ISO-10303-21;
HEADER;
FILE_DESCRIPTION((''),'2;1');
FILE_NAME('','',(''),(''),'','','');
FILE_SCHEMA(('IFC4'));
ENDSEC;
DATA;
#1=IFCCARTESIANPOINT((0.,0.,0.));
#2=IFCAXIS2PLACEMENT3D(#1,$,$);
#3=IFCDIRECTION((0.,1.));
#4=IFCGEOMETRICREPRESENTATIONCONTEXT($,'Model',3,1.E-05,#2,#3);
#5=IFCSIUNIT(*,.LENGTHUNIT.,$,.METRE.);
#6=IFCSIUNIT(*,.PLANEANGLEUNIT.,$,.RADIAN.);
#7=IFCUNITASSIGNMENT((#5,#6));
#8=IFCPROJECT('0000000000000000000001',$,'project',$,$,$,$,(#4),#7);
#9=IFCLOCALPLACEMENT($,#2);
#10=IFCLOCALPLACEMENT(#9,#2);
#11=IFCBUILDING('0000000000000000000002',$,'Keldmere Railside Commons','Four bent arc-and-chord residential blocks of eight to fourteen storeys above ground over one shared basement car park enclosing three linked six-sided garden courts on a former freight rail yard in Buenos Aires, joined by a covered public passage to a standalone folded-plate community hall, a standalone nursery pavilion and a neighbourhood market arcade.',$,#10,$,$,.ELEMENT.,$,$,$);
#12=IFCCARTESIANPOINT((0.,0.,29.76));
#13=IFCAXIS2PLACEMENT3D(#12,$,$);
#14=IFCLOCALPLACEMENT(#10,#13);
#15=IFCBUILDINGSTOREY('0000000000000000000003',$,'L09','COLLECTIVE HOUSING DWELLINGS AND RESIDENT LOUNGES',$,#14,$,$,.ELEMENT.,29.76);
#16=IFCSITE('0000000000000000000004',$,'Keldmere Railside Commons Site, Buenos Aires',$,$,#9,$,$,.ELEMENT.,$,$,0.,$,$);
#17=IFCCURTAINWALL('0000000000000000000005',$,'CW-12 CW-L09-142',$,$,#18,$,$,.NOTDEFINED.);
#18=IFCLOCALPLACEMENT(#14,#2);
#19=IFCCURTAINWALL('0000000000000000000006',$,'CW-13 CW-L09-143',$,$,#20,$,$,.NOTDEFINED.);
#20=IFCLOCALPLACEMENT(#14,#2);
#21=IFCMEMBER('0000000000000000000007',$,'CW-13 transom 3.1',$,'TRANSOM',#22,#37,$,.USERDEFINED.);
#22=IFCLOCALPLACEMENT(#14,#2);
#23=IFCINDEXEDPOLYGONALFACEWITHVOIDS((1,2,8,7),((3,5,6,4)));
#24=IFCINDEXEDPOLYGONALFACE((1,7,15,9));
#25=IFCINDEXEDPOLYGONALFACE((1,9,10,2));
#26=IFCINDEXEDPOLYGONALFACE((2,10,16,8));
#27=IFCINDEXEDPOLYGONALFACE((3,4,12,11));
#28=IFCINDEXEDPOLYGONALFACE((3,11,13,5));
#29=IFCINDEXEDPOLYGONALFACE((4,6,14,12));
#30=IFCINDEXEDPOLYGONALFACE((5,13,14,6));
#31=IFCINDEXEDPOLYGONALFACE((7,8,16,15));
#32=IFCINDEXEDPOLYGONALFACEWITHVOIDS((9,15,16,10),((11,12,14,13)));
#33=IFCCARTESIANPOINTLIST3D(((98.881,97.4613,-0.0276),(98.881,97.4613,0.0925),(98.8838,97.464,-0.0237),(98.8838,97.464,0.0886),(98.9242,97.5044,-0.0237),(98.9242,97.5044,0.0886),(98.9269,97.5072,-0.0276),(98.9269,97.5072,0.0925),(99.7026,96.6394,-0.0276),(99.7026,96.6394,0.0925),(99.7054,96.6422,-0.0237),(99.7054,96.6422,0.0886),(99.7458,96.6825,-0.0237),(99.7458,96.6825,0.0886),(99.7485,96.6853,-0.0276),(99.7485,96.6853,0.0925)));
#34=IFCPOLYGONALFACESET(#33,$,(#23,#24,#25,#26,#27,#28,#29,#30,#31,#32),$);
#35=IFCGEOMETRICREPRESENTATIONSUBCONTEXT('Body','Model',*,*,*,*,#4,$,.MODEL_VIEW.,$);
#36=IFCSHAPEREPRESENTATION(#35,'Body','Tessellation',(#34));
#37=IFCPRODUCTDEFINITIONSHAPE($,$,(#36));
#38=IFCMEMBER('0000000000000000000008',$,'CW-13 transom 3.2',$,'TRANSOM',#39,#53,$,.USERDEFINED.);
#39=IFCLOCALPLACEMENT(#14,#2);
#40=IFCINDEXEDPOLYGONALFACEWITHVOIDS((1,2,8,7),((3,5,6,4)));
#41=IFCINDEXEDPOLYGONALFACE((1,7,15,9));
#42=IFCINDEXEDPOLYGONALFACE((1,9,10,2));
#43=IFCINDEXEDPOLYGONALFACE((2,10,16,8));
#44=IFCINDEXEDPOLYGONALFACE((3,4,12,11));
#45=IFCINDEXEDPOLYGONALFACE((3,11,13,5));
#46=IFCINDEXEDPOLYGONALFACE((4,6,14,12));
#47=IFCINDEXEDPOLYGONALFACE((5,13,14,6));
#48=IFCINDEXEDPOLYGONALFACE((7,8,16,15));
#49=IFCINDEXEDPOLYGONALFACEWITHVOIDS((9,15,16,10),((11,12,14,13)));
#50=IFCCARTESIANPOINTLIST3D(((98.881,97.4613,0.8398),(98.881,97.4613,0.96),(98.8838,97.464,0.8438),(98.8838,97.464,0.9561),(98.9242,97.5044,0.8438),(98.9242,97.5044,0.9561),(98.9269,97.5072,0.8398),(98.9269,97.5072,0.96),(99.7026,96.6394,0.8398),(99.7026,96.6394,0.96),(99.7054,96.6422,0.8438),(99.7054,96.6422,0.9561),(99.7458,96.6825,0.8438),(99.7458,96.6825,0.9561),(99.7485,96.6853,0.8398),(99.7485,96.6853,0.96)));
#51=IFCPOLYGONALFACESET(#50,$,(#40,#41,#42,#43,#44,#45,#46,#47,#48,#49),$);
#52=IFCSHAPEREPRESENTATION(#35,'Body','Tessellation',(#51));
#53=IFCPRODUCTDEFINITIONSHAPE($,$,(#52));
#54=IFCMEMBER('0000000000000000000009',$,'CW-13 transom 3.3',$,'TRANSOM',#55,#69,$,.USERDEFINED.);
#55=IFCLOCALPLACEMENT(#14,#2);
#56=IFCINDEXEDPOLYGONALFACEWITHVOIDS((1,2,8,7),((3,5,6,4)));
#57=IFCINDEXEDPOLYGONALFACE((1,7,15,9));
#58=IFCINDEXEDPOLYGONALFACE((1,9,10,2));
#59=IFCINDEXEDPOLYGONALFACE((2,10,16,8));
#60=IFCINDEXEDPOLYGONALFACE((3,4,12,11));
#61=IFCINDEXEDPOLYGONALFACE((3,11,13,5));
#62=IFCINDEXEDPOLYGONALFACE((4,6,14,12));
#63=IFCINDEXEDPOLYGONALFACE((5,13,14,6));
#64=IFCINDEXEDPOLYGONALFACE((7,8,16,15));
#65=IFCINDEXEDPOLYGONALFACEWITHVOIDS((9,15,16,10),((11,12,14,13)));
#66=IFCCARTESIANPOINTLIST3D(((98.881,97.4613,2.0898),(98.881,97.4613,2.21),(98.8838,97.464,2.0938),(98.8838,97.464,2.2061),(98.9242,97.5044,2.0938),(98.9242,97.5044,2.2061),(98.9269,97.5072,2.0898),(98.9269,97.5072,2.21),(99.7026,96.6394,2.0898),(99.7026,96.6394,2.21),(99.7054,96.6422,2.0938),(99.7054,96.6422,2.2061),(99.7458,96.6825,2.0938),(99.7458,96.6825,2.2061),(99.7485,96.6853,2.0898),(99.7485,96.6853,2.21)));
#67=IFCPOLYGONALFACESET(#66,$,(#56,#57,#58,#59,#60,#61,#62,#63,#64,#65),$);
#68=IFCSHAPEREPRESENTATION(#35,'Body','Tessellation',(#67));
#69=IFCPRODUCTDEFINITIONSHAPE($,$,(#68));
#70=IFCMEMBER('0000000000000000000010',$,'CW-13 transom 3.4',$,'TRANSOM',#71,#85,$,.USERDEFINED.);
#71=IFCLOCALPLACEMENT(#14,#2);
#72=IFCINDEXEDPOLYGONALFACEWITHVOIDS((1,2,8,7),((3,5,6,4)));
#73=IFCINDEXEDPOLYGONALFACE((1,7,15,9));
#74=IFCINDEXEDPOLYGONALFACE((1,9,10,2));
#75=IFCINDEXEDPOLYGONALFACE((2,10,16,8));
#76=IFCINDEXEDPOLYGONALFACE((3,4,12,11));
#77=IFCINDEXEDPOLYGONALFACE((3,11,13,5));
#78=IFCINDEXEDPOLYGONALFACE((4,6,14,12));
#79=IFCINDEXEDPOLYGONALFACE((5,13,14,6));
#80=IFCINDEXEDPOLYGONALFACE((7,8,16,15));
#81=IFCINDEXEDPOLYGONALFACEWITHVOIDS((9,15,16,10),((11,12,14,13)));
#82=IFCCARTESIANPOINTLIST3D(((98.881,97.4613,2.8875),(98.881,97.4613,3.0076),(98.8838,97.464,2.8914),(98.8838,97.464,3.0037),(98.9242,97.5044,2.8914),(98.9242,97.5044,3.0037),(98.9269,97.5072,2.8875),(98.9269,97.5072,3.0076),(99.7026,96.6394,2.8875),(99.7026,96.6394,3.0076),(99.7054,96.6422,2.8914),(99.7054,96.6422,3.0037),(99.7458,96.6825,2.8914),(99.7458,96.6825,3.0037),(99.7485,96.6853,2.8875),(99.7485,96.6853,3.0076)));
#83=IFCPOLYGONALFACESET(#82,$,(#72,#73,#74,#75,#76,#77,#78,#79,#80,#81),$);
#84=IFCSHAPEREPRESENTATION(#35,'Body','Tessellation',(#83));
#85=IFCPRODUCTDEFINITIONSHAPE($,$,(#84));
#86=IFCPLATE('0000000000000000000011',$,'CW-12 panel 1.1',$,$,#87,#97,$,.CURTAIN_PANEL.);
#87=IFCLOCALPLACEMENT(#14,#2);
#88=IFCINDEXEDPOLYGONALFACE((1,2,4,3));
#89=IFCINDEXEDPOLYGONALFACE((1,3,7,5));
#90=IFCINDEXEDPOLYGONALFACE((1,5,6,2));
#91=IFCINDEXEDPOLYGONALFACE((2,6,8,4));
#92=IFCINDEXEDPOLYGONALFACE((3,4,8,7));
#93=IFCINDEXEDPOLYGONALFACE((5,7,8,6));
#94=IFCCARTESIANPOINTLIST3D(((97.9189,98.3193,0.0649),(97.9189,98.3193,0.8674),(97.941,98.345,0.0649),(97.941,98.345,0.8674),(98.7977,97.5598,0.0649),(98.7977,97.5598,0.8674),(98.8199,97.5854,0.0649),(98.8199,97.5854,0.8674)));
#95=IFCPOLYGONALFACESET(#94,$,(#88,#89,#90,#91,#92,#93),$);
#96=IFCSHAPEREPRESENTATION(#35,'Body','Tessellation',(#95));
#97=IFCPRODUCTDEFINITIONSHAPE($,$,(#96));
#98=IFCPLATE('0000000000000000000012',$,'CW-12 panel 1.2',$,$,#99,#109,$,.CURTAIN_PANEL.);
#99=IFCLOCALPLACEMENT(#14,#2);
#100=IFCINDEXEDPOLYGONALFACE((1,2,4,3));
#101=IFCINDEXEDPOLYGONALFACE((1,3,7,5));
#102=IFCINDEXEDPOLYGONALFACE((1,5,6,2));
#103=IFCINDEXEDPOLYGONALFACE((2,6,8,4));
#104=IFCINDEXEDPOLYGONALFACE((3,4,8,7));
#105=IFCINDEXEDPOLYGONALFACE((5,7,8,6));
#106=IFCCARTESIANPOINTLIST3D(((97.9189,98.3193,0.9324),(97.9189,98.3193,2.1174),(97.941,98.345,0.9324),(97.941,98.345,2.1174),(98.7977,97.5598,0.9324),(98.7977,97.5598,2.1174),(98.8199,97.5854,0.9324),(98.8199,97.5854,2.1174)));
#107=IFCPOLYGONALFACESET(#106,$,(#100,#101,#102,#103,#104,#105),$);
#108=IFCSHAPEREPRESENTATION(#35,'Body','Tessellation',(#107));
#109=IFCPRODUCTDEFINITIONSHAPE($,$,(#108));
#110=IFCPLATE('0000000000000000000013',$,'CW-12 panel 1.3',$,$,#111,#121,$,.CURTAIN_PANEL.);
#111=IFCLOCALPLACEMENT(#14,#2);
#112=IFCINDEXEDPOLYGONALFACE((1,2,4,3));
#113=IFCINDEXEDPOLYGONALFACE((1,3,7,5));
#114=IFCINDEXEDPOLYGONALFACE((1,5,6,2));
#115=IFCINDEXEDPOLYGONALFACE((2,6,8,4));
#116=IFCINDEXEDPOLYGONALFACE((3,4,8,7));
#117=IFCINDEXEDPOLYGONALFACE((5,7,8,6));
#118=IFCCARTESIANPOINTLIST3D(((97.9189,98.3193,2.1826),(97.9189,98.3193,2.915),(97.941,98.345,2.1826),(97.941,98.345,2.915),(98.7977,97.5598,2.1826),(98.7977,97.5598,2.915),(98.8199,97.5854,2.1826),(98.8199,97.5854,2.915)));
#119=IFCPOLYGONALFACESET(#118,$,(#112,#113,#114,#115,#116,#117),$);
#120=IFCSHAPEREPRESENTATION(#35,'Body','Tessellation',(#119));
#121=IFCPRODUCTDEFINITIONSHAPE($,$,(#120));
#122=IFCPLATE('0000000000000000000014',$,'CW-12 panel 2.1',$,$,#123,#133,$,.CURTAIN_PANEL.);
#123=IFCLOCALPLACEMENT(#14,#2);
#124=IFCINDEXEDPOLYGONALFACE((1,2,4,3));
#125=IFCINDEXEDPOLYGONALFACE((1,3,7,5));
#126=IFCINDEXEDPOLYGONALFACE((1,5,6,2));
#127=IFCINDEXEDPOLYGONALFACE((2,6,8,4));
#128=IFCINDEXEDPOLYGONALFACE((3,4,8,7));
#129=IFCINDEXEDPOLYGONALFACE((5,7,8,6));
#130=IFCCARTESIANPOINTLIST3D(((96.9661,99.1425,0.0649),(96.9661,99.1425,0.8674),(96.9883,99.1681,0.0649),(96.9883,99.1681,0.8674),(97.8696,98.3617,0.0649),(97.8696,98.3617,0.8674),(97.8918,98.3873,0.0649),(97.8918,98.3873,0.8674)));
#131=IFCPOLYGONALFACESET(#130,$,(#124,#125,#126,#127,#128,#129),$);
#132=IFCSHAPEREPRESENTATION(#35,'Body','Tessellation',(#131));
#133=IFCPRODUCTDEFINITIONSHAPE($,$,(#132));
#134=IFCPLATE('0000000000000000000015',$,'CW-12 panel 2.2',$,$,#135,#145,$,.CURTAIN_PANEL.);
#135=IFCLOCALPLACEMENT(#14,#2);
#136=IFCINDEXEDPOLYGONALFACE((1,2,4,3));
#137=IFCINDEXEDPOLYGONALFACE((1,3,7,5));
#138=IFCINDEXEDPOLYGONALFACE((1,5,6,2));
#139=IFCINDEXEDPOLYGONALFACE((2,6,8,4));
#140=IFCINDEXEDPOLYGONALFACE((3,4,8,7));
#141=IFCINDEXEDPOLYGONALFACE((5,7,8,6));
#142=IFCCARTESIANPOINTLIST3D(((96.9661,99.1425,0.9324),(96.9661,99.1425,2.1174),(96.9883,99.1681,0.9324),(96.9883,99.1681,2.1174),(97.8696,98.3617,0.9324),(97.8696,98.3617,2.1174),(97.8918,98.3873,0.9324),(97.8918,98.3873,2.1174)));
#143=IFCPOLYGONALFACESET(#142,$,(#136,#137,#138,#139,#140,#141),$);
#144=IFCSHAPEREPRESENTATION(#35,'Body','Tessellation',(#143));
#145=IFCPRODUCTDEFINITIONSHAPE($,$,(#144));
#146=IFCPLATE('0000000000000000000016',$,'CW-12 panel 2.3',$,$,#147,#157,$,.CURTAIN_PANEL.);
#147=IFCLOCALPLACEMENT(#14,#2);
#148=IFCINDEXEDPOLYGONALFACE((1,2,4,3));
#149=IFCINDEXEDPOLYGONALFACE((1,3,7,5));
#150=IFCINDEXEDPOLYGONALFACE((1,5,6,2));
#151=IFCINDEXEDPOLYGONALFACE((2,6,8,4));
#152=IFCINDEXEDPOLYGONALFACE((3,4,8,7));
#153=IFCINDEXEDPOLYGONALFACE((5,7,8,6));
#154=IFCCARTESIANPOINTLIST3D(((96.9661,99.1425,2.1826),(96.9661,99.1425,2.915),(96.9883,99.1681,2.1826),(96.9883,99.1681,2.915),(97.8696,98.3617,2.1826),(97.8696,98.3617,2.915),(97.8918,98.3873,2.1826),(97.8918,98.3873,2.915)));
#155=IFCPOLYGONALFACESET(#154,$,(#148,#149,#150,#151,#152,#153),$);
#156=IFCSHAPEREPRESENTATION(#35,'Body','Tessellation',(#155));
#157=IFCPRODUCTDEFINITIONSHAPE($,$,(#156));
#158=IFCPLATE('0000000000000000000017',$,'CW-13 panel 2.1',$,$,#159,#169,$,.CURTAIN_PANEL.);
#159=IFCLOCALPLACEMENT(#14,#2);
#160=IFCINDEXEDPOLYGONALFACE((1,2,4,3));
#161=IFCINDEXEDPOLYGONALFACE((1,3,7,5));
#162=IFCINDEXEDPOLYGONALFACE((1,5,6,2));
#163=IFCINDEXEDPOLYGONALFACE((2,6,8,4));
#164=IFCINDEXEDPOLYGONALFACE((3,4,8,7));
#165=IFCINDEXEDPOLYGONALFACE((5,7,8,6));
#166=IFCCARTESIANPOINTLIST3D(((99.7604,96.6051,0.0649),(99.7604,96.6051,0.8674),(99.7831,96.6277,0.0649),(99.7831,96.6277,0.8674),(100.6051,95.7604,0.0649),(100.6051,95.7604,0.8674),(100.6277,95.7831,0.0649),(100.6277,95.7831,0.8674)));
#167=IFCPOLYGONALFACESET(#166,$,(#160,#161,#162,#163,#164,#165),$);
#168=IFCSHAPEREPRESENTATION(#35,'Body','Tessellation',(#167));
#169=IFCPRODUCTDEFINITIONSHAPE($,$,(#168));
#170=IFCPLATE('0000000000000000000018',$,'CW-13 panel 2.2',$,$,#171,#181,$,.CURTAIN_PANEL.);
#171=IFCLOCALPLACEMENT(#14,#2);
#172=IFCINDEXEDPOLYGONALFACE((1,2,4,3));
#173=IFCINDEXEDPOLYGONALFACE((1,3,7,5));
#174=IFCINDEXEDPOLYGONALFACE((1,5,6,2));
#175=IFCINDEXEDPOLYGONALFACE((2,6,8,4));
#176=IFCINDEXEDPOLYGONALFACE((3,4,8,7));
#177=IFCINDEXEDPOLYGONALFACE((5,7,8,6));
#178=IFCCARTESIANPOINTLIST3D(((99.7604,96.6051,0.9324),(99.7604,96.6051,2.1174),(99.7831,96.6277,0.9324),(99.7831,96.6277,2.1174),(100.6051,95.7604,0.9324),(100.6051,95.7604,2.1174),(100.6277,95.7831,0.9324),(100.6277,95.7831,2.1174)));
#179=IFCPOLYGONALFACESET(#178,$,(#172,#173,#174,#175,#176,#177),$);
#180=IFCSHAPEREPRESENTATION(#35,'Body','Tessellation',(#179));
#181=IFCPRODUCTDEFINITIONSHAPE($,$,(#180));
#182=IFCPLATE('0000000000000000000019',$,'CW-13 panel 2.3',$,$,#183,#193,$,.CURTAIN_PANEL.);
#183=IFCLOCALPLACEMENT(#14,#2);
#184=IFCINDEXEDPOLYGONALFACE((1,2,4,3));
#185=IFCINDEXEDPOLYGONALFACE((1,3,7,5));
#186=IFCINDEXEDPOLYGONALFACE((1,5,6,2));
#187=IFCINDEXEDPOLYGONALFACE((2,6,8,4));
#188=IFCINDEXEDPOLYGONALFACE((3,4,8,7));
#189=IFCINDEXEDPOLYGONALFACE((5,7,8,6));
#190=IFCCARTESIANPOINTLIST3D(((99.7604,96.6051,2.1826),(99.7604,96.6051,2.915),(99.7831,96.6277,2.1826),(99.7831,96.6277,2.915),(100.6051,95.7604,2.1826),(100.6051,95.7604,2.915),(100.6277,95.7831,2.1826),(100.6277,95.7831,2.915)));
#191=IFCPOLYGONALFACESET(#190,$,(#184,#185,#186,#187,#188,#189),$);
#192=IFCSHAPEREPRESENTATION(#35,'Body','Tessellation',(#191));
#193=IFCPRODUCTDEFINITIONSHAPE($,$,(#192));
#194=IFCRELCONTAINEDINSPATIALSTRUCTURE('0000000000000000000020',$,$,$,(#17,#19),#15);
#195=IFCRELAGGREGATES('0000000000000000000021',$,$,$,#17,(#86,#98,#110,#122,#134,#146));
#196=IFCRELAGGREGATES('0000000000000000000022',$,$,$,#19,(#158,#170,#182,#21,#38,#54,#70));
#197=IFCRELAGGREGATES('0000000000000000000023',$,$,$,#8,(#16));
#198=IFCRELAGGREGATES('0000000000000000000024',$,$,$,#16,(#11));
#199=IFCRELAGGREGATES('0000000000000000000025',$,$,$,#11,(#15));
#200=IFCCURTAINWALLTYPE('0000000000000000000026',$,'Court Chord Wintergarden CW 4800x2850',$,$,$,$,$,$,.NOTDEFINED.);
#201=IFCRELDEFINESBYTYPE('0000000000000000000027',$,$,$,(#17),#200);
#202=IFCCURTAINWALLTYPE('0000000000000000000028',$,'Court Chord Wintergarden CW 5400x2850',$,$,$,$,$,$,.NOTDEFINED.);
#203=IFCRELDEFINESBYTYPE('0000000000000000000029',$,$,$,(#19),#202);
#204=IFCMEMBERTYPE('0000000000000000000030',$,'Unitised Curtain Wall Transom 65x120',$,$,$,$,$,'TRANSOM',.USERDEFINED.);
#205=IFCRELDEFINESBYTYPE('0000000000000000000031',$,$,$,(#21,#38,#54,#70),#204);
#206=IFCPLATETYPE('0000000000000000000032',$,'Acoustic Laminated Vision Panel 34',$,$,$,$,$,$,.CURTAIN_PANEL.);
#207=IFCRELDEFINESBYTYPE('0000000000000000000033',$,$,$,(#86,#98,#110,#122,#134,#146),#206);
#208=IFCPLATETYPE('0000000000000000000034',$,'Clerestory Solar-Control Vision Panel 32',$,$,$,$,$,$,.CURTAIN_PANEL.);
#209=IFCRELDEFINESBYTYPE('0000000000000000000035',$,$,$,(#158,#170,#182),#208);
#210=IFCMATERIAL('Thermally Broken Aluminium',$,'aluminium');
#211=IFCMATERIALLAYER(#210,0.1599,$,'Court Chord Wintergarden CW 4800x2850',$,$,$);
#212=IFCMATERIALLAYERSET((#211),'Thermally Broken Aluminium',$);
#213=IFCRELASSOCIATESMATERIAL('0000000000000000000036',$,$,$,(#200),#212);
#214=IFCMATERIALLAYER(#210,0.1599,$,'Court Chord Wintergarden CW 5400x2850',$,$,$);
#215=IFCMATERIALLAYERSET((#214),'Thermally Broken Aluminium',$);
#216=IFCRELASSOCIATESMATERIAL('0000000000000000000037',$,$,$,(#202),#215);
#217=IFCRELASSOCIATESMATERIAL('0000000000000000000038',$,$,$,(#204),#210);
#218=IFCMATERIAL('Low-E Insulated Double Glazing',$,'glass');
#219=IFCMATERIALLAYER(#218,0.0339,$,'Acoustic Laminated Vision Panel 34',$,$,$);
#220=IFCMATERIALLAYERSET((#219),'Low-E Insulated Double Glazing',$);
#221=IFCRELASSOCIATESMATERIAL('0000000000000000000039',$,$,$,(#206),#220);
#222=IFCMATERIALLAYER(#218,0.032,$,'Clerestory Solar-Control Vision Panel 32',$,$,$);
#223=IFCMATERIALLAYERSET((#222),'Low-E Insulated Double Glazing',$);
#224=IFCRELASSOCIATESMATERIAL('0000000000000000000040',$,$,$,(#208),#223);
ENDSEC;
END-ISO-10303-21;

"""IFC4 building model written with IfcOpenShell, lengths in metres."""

from ifc_helpers import new_model, si_unit, direction, frame, origin, origin_2d, place, context, subcontext, project, spatial, rectangle, hollow_rectangle, extrude, material, layer, layer_set, material_profile, profile_set, type_object, element, aggregate, save


model = new_model("IFC4")

# Units and contexts
model_context = context("Model", 3, precision=1e-05, world=origin(), true_north=direction((0.0, 1.0)))
body_context = subcontext(model_context, "Body", "Model", "MODEL_VIEW")
ifc_project = project(units=[si_unit("LENGTHUNIT", "METRE"), si_unit("PLANEANGLEUNIT", "RADIAN")], contexts=[model_context])

# Site, building, storey
site_placement = place(None, origin())
site = spatial("IfcSite", under=ifc_project, at=site_placement, Name="Keldmere Railside Commons Site, Buenos Aires", CompositionType="ELEMENT", RefElevation=0.0)
building_placement = place(site_placement, origin())
building = spatial("IfcBuilding", under=site, at=building_placement, Name="Keldmere Railside Commons", Description="Four bent arc-and-chord residential blocks of eight to fourteen storeys above ground over one shared basement car park enclosing three linked six-sided garden courts on a former freight rail yard in Buenos Aires, joined by a covered public passage to a standalone folded-plate community hall, a standalone nursery pavilion and a neighbourhood market arcade.", CompositionType="ELEMENT")
storey_placement = place(building_placement, frame((0.0, 0.0, 29.76)))
storey = spatial("IfcBuildingStorey", under=building, at=storey_placement, Name="L09", Description="COLLECTIVE HOUSING DWELLINGS AND RESIDENT LOUNGES", CompositionType="ELEMENT", Elevation=29.76)

# Curtain walls
ifc_material_1 = material(Name="Thermally Broken Aluminium", Category="aluminium")
ifc_layer_1 = layer(ifc_material_1, 0.1599, Name="Court Chord Wintergarden CW 4800x2850")
ifc_layer_set_1 = layer_set([ifc_layer_1], Name="Thermally Broken Aluminium")
curtain_wall_type_1 = type_object("IfcCurtainWallType", Name="Court Chord Wintergarden CW 4800x2850", PredefinedType="NOTDEFINED", material=ifc_layer_set_1)
curtain_wall_1_placement = place(storey_placement, origin())
curtain_wall_1 = element("IfcCurtainWall", 1, at=curtain_wall_1_placement, inside=storey, type_object=curtain_wall_type_1, Name="CW-12 CW-L09-142", PredefinedType="NOTDEFINED")
ifc_layer_2 = layer(ifc_material_1, 0.1599, Name="Court Chord Wintergarden CW 5400x2850")
ifc_layer_set_2 = layer_set([ifc_layer_2], Name="Thermally Broken Aluminium")
curtain_wall_type_2 = type_object("IfcCurtainWallType", Name="Court Chord Wintergarden CW 5400x2850", PredefinedType="NOTDEFINED", material=ifc_layer_set_2)
curtain_wall_2_placement = place(storey_placement, origin())
curtain_wall_2 = element("IfcCurtainWall", 2, at=curtain_wall_2_placement, inside=storey, type_object=curtain_wall_type_2, Name="CW-13 CW-L09-143", PredefinedType="NOTDEFINED")

# Members
ifc_material_profile_1 = material_profile(ifc_material_1, hollow_rectangle(XDim=0.0649, YDim=0.1201, WallThickness=0.0039, at=origin_2d()), Name="ALU-TRAN-65x120")
ifc_profile_set_1 = profile_set([ifc_material_profile_1], Name="Thermally Broken Aluminium")
member_type_1 = type_object("IfcMemberType", Name="Unitised Curtain Wall Transom 65x120", ElementType="TRANSOM", PredefinedType="USERDEFINED", material=ifc_profile_set_1)
member_1_placement = place(storey_placement, frame((99.7256, 96.6624, 0.0325), z_axis=(-0.707002, 0.707212, 0.0), x_axis=(-0.707212, -0.707002, 0.0)))
member_1 = element("IfcMember", 3, at=member_1_placement, type_object=member_type_1, Name="CW-13 transom 3.1", ObjectType="TRANSOM", PredefinedType="USERDEFINED", context=body_context, shape_type="SweptSolid", body=[
    extrude(hollow_rectangle(XDim=0.0649, YDim=0.1201, WallThickness=0.0039, at=origin_2d()), origin(), (0.0, 0.0, 1.0), 1.1621),
])
member_2_placement = place(storey_placement, frame((99.7256, 96.6624, 0.8999), z_axis=(-0.707002, 0.707212, 0.0), x_axis=(-0.707212, -0.707002, 0.0)))
member_2 = element("IfcMember", 4, at=member_2_placement, type_object=member_type_1, Name="CW-13 transom 3.2", ObjectType="TRANSOM", PredefinedType="USERDEFINED", context=body_context, shape_type="SweptSolid", body=[
    extrude(hollow_rectangle(XDim=0.0649, YDim=0.1201, WallThickness=0.0039, at=origin_2d()), origin(), (0.0, 0.0, 1.0), 1.1621),
])
member_3_placement = place(storey_placement, frame((99.7256, 96.6624, 2.1499), z_axis=(-0.707002, 0.707212, 0.0), x_axis=(-0.707212, -0.707002, 0.0)))
member_3 = element("IfcMember", 5, at=member_3_placement, type_object=member_type_1, Name="CW-13 transom 3.3", ObjectType="TRANSOM", PredefinedType="USERDEFINED", context=body_context, shape_type="SweptSolid", body=[
    extrude(hollow_rectangle(XDim=0.0649, YDim=0.1201, WallThickness=0.0039, at=origin_2d()), origin(), (0.0, 0.0, 1.0), 1.1621),
])
member_4_placement = place(storey_placement, frame((99.7256, 96.6624, 2.9475), z_axis=(-0.707002, 0.707212, 0.0), x_axis=(-0.707212, -0.707002, 0.0)))
member_4 = element("IfcMember", 6, at=member_4_placement, type_object=member_type_1, Name="CW-13 transom 3.4", ObjectType="TRANSOM", PredefinedType="USERDEFINED", context=body_context, shape_type="SweptSolid", body=[
    extrude(hollow_rectangle(XDim=0.0649, YDim=0.1201, WallThickness=0.0039, at=origin_2d()), origin(), (0.0, 0.0, 1.0), 1.1621),
])

# Plates
ifc_material_2 = material(Name="Low-E Insulated Double Glazing", Category="glass")
ifc_layer_3 = layer(ifc_material_2, 0.0339, Name="Acoustic Laminated Vision Panel 34")
ifc_layer_set_3 = layer_set([ifc_layer_3], Name="Low-E Insulated Double Glazing")
plate_type_1 = type_object("IfcPlateType", Name="Acoustic Laminated Vision Panel 34", PredefinedType="CURTAIN_PANEL", material=ifc_layer_set_3)
plate_1_placement = place(storey_placement, frame((98.3694, 97.9524, 0.0649), z_axis=(0.0, 0.0, 1.0), x_axis=(-0.756597, 0.653882, 0.0)))
plate_1 = element("IfcPlate", 7, at=plate_1_placement, type_object=plate_type_1, Name="CW-12 panel 1.1", PredefinedType="CURTAIN_PANEL", context=body_context, shape_type="SweptSolid", body=[
    extrude(rectangle(XDim=1.1616, YDim=0.0339, at=origin_2d()), origin(), (0.0, 0.0, 1.0), 0.8025),
])
plate_2_placement = place(storey_placement, frame((98.3694, 97.9524, 0.9324), z_axis=(0.0, 0.0, 1.0), x_axis=(-0.756597, 0.653882, 0.0)))
plate_2 = element("IfcPlate", 8, at=plate_2_placement, type_object=plate_type_1, Name="CW-12 panel 1.2", PredefinedType="CURTAIN_PANEL", context=body_context, shape_type="SweptSolid", body=[
    extrude(rectangle(XDim=1.1616, YDim=0.0339, at=origin_2d()), origin(), (0.0, 0.0, 1.0), 1.1851),
])
plate_3_placement = place(storey_placement, frame((98.3694, 97.9524, 2.1826), z_axis=(0.0, 0.0, 1.0), x_axis=(-0.756597, 0.653882, 0.0)))
plate_3 = element("IfcPlate", 9, at=plate_3_placement, type_object=plate_type_1, Name="CW-12 panel 1.3", PredefinedType="CURTAIN_PANEL", context=body_context, shape_type="SweptSolid", body=[
    extrude(rectangle(XDim=1.1616, YDim=0.0339, at=origin_2d()), origin(), (0.0, 0.0, 1.0), 0.7324),
])
plate_4_placement = place(storey_placement, frame((97.429, 98.7649, 0.0649), z_axis=(0.0, 0.0, 1.0), x_axis=(-0.756597, 0.653882, 0.0)))
plate_4 = element("IfcPlate", 10, at=plate_4_placement, type_object=plate_type_1, Name="CW-12 panel 2.1", PredefinedType="CURTAIN_PANEL", context=body_context, shape_type="SweptSolid", body=[
    extrude(rectangle(XDim=1.1941, YDim=0.0339, at=origin_2d()), origin(), (0.0, 0.0, 1.0), 0.8025),
])
plate_5_placement = place(storey_placement, frame((97.429, 98.7649, 0.9324), z_axis=(0.0, 0.0, 1.0), x_axis=(-0.756597, 0.653882, 0.0)))
plate_5 = element("IfcPlate", 11, at=plate_5_placement, type_object=plate_type_1, Name="CW-12 panel 2.2", PredefinedType="CURTAIN_PANEL", context=body_context, shape_type="SweptSolid", body=[
    extrude(rectangle(XDim=1.1941, YDim=0.0339, at=origin_2d()), origin(), (0.0, 0.0, 1.0), 1.1851),
])
plate_6_placement = place(storey_placement, frame((97.429, 98.7649, 2.1826), z_axis=(0.0, 0.0, 1.0), x_axis=(-0.756597, 0.653882, 0.0)))
plate_6 = element("IfcPlate", 12, at=plate_6_placement, type_object=plate_type_1, Name="CW-12 panel 2.3", PredefinedType="CURTAIN_PANEL", context=body_context, shape_type="SweptSolid", body=[
    extrude(rectangle(XDim=1.1941, YDim=0.0339, at=origin_2d()), origin(), (0.0, 0.0, 1.0), 0.7324),
])
aggregate(curtain_wall_1, [plate_1, plate_2, plate_3, plate_4, plate_5, plate_6])
ifc_layer_4 = layer(ifc_material_2, 0.032, Name="Clerestory Solar-Control Vision Panel 32")
ifc_layer_set_4 = layer_set([ifc_layer_4], Name="Low-E Insulated Double Glazing")
plate_type_2 = type_object("IfcPlateType", Name="Clerestory Solar-Control Vision Panel 32", PredefinedType="CURTAIN_PANEL", material=ifc_layer_set_4)
plate_7_placement = place(storey_placement, frame((100.1941, 96.1941, 0.0649), z_axis=(0.0, 0.0, 1.0), x_axis=(-0.707107, 0.707107, 0.0)))
plate_7 = element("IfcPlate", 13, at=plate_7_placement, type_object=plate_type_2, Name="CW-13 panel 2.1", PredefinedType="CURTAIN_PANEL", context=body_context, shape_type="SweptSolid", body=[
    extrude(rectangle(XDim=1.1946, YDim=0.032, at=origin_2d()), origin(), (0.0, 0.0, 1.0), 0.8025),
])
plate_8_placement = place(storey_placement, frame((100.1941, 96.1941, 0.9324), z_axis=(0.0, 0.0, 1.0), x_axis=(-0.707107, 0.707107, 0.0)))
plate_8 = element("IfcPlate", 14, at=plate_8_placement, type_object=plate_type_2, Name="CW-13 panel 2.2", PredefinedType="CURTAIN_PANEL", context=body_context, shape_type="SweptSolid", body=[
    extrude(rectangle(XDim=1.1946, YDim=0.032, at=origin_2d()), origin(), (0.0, 0.0, 1.0), 1.1851),
])
plate_9_placement = place(storey_placement, frame((100.1941, 96.1941, 2.1826), z_axis=(0.0, 0.0, 1.0), x_axis=(-0.707107, 0.707107, 0.0)))
plate_9 = element("IfcPlate", 15, at=plate_9_placement, type_object=plate_type_2, Name="CW-13 panel 2.3", PredefinedType="CURTAIN_PANEL", context=body_context, shape_type="SweptSolid", body=[
    extrude(rectangle(XDim=1.1946, YDim=0.032, at=origin_2d()), origin(), (0.0, 0.0, 1.0), 0.7324),
])
aggregate(curtain_wall_2, [plate_7, plate_8, plate_9, member_1, member_2, member_3, member_4])

save(model, "model.ifc")
